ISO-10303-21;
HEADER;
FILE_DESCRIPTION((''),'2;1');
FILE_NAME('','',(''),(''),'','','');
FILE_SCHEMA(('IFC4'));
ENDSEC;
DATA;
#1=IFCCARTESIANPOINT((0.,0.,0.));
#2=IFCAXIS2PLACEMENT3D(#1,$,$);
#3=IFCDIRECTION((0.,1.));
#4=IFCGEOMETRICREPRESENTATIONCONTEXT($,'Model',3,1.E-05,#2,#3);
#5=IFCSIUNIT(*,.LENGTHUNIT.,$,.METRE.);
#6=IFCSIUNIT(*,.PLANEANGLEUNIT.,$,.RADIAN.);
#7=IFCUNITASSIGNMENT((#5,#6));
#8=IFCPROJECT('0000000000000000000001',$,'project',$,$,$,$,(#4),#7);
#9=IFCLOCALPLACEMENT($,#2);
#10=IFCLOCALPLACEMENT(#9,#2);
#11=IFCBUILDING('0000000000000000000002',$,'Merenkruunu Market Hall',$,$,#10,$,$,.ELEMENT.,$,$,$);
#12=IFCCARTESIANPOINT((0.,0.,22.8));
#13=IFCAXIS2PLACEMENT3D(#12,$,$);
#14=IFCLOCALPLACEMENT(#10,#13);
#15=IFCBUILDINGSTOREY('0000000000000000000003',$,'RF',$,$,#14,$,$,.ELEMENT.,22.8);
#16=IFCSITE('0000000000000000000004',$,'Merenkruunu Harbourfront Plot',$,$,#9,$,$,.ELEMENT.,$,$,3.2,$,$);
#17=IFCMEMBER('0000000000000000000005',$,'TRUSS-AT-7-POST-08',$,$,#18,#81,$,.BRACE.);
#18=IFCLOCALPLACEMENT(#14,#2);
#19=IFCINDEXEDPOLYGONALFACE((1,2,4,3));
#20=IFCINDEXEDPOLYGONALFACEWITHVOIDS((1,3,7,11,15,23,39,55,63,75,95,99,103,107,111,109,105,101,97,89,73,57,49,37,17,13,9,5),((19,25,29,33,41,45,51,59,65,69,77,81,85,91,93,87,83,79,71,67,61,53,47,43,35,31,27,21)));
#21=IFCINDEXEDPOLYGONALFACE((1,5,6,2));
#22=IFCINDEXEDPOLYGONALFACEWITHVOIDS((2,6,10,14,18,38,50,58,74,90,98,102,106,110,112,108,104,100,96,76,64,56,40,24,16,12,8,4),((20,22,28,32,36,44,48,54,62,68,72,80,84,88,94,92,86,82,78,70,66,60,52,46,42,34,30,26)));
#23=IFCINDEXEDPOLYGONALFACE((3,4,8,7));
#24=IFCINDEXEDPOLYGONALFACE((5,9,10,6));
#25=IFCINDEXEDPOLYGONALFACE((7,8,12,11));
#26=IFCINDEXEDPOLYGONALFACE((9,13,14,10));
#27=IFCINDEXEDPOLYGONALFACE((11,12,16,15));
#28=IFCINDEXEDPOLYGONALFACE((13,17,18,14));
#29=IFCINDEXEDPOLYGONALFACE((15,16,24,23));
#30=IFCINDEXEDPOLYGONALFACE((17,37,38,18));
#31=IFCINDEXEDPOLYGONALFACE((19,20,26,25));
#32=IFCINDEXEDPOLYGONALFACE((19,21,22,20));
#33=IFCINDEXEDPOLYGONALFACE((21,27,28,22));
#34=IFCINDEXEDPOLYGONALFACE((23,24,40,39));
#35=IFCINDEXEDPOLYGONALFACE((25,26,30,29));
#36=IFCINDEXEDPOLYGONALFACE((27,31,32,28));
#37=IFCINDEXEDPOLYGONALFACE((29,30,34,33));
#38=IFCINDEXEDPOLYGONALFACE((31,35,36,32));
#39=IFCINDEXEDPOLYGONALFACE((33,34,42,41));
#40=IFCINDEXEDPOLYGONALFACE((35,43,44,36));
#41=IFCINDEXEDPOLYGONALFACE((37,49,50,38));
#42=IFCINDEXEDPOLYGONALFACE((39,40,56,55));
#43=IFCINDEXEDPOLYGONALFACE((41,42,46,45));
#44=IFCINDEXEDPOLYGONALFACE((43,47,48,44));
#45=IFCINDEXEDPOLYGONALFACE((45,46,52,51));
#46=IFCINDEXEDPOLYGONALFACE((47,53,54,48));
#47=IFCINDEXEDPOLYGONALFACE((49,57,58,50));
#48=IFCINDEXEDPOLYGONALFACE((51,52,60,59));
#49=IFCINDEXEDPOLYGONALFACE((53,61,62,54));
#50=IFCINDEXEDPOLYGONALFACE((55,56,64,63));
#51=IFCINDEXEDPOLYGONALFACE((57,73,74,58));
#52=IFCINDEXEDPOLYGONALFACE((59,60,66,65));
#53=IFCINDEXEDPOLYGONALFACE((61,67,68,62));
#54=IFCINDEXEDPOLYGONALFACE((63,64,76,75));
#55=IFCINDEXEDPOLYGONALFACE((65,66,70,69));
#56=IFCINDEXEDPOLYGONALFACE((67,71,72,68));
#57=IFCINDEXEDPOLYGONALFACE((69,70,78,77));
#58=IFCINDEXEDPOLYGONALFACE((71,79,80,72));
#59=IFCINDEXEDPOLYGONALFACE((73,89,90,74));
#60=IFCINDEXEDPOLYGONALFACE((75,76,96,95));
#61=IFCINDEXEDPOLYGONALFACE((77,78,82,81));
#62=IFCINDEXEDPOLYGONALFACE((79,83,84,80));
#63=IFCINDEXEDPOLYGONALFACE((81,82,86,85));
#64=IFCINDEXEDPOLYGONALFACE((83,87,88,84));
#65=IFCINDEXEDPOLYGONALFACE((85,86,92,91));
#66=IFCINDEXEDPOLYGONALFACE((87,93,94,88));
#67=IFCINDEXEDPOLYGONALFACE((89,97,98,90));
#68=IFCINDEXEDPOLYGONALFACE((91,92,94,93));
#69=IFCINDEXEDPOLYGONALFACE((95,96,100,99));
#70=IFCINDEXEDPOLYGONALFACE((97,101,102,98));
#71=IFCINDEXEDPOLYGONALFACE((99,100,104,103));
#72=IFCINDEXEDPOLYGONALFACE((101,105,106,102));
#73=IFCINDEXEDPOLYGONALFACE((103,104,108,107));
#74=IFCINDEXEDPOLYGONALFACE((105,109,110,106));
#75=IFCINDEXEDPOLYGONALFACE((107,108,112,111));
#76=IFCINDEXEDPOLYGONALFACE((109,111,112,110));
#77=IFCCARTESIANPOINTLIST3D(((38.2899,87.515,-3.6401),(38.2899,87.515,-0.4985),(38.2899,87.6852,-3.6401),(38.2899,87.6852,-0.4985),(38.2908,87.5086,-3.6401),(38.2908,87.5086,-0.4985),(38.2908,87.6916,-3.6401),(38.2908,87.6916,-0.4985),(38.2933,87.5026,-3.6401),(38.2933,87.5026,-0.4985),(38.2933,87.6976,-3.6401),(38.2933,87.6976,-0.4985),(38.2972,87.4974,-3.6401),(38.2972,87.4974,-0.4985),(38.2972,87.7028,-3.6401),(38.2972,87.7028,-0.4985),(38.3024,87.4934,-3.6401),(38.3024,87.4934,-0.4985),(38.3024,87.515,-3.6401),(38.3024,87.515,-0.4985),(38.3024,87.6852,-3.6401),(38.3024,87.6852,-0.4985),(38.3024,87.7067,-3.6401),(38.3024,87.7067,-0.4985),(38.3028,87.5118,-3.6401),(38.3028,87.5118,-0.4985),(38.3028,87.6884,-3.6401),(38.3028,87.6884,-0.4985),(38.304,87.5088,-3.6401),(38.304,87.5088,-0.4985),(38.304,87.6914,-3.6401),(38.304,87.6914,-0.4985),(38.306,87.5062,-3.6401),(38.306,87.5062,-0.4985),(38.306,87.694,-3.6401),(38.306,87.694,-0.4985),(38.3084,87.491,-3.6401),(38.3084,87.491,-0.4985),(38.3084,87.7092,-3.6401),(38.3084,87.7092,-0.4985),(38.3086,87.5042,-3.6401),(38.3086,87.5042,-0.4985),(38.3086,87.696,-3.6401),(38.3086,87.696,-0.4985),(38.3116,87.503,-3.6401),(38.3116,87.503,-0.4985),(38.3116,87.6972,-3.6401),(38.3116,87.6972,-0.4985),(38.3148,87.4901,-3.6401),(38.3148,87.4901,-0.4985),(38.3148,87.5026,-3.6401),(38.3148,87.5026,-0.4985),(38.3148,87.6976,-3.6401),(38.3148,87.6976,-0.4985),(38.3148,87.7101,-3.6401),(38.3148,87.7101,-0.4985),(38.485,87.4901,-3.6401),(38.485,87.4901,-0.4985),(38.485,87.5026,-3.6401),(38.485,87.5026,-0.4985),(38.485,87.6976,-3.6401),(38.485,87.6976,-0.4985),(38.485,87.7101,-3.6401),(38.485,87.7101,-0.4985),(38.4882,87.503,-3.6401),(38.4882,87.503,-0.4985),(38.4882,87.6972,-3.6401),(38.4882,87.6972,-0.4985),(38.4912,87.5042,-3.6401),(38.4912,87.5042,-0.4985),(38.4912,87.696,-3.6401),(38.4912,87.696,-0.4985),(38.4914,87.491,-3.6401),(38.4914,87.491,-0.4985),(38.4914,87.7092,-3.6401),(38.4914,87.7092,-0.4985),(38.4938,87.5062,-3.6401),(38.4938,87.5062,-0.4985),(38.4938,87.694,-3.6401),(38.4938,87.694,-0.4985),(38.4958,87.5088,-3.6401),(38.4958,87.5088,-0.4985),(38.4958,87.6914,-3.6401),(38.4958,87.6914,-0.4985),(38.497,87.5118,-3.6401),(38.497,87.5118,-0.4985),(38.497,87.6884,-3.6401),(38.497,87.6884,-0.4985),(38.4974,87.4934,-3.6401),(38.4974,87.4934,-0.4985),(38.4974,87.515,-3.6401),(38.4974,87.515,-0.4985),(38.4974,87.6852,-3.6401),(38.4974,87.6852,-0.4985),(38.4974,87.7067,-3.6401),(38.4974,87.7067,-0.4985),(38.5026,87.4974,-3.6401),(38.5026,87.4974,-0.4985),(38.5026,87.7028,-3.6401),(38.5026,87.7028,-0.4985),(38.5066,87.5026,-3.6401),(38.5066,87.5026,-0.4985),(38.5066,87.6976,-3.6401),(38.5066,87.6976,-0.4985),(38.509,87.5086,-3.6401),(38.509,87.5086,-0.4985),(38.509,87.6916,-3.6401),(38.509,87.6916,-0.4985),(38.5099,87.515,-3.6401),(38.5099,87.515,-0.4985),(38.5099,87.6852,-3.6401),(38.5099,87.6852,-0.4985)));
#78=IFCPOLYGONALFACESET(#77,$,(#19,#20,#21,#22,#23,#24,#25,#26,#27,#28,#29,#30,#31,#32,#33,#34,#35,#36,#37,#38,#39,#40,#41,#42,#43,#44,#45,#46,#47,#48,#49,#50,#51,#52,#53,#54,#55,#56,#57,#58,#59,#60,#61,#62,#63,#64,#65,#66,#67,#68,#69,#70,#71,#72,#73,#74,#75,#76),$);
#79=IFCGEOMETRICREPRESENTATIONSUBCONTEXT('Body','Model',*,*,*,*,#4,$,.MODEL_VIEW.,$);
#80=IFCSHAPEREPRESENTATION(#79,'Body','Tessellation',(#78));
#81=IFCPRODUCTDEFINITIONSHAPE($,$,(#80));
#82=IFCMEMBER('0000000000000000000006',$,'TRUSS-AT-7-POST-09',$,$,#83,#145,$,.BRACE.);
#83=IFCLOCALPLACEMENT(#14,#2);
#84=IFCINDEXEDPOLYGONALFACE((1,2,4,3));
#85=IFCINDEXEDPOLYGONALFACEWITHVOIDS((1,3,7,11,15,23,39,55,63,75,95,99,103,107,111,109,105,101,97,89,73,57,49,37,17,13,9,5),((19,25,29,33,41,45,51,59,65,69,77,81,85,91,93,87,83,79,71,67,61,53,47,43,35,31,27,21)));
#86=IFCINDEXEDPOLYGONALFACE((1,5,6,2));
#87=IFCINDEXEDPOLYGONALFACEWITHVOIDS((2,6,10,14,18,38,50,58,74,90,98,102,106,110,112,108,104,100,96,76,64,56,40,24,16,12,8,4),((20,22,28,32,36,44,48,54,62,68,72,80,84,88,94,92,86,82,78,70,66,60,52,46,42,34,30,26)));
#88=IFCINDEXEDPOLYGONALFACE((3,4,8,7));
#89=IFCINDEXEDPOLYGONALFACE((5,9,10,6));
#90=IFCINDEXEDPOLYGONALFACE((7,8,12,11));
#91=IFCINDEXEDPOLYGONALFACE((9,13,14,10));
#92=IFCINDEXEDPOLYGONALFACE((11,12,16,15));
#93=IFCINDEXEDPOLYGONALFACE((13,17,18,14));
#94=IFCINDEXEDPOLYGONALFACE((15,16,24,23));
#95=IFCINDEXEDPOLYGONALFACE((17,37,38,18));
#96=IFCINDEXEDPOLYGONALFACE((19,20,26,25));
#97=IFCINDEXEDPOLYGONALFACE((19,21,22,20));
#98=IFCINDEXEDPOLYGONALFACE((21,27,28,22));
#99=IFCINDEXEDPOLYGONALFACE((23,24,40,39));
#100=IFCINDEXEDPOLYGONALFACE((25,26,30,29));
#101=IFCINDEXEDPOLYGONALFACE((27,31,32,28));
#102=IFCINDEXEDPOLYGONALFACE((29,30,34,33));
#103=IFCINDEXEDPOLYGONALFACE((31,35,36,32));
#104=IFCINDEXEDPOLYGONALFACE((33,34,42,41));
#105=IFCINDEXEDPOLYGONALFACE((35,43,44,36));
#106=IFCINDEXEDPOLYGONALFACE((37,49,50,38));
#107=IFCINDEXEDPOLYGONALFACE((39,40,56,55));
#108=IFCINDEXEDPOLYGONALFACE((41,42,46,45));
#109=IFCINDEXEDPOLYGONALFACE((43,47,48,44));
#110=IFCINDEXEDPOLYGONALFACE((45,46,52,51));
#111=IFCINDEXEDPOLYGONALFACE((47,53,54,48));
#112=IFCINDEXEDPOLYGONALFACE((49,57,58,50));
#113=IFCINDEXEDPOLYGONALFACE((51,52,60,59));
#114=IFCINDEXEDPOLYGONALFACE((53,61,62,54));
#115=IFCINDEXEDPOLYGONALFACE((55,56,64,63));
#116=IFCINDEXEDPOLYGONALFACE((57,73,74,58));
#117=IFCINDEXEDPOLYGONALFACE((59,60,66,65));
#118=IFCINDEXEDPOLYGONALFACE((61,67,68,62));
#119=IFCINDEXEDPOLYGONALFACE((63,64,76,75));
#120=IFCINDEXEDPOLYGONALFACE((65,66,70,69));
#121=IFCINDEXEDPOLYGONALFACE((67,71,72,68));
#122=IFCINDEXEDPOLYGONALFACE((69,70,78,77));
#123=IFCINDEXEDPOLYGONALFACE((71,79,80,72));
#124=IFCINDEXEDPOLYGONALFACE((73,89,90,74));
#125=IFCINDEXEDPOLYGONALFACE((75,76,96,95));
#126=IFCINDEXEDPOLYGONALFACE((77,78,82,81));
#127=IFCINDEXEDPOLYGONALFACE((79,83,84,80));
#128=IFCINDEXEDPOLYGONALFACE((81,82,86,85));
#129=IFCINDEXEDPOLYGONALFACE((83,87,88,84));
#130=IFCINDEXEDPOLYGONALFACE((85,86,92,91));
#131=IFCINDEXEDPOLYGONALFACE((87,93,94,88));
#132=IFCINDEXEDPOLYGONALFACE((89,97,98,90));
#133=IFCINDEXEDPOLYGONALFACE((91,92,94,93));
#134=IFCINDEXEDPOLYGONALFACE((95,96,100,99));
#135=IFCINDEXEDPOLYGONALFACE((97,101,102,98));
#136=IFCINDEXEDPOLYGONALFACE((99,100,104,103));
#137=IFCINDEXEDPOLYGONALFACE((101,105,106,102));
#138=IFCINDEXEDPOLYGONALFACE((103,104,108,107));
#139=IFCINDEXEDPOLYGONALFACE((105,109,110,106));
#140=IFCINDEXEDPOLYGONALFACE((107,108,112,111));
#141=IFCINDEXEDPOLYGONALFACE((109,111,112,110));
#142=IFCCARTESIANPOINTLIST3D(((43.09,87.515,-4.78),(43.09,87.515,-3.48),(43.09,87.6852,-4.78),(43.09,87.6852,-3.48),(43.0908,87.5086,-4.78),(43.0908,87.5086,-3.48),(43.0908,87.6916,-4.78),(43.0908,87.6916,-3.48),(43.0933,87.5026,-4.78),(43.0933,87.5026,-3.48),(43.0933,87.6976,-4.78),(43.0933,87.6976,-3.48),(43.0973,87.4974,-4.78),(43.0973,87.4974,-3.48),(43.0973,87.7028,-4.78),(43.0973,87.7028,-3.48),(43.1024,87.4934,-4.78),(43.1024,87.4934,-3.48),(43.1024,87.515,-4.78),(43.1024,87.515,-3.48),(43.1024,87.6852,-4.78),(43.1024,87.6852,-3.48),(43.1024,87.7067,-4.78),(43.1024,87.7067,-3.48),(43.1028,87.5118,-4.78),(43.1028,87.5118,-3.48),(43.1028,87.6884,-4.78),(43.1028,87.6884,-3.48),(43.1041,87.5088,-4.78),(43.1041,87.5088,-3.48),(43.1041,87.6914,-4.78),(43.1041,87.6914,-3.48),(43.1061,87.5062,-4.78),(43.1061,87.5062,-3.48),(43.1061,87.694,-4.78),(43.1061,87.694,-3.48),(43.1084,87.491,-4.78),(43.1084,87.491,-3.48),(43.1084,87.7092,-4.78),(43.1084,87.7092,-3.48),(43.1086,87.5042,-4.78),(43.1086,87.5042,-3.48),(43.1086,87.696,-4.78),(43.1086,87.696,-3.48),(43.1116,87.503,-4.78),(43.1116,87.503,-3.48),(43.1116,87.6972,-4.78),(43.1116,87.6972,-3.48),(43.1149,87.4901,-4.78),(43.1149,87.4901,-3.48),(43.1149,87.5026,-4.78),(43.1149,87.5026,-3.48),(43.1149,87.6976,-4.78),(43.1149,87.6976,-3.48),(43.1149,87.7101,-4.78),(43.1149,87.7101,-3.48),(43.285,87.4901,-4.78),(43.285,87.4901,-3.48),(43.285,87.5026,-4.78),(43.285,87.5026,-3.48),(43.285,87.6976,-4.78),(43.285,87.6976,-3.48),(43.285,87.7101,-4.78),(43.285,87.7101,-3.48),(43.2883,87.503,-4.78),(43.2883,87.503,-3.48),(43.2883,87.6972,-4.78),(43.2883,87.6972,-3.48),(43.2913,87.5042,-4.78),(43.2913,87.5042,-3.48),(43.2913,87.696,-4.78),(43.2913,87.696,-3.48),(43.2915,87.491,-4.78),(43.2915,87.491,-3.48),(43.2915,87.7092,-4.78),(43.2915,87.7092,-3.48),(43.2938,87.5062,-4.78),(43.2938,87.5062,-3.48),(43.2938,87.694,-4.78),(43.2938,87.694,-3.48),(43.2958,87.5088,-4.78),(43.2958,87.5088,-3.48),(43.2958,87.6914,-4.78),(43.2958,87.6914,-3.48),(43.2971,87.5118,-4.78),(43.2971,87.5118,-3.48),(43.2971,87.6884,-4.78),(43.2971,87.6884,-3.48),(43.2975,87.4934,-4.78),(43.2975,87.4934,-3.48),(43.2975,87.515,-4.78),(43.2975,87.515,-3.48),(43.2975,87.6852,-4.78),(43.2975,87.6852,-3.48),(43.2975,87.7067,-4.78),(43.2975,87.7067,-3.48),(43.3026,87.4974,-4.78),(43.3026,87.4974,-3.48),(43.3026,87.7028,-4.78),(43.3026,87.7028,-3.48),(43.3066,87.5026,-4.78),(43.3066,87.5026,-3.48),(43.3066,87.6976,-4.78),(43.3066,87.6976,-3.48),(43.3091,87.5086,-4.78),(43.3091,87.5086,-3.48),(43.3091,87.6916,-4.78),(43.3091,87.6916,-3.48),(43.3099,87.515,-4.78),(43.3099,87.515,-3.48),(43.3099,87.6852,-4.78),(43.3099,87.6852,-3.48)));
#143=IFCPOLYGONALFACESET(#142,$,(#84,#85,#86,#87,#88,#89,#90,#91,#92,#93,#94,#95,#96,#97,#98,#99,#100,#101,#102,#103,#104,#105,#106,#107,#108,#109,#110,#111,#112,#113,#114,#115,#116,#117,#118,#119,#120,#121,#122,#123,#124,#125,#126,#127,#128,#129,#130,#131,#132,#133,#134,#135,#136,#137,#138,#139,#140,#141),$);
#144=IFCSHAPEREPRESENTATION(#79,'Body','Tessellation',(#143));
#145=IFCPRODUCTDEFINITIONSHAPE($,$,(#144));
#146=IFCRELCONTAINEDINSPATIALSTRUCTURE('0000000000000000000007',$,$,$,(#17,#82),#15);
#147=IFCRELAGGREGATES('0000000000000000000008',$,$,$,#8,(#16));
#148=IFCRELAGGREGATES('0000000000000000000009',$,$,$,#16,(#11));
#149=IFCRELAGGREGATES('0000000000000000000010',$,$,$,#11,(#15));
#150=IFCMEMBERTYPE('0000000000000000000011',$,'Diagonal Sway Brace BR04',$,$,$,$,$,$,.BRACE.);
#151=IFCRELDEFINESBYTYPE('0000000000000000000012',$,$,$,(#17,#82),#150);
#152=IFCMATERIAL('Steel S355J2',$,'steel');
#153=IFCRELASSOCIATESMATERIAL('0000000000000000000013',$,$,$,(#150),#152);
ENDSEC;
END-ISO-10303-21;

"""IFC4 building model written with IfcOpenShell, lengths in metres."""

from ifc_helpers import new_model, si_unit, direction, frame, origin, origin_2d, place, context, subcontext, project, spatial, hollow_rectangle, extrude, material, material_profile, profile_set, type_object, element, save


model = new_model("IFC4")

# Units and contexts
model_context = context("Model", 3, precision=1e-05, world=origin(), true_north=direction((0.0, 1.0)))
body_context = subcontext(model_context, "Body", "Model", "MODEL_VIEW")
ifc_project = project(units=[si_unit("LENGTHUNIT", "METRE"), si_unit("PLANEANGLEUNIT", "RADIAN")], contexts=[model_context])

# Site, building, storey
site_placement = place(None, origin())
site = spatial("IfcSite", under=ifc_project, at=site_placement, Name="Merenkruunu Harbourfront Plot", CompositionType="ELEMENT", RefElevation=3.2)
building_placement = place(site_placement, origin())
building = spatial("IfcBuilding", under=site, at=building_placement, Name="Merenkruunu Market Hall", CompositionType="ELEMENT")
storey_placement = place(building_placement, frame((0.0, 0.0, 22.8)))
storey = spatial("IfcBuildingStorey", under=building, at=storey_placement, Name="RF", CompositionType="ELEMENT", Elevation=22.8)

# Members
ifc_material_1 = material(Name="Steel S355J2", Category="steel")
ifc_material_profile_1 = material_profile(ifc_material_1, hollow_rectangle(XDim=0.22, YDim=0.22, WallThickness=0.0125, InnerFilletRadius=0.0125, OuterFilletRadius=0.0249, at=origin_2d()), Name="SHS 220x220x12.5")
ifc_profile_set_1 = profile_set([ifc_material_profile_1], Name="Steel S355J2")
member_type_1 = type_object("IfcMemberType", Name="Diagonal Sway Brace BR04", PredefinedType="BRACE", material=ifc_profile_set_1)
member_1_placement = place(storey_placement, frame((38.3999, 87.6001, -3.6401), z_axis=(0.0, 0.0, 1.0), x_axis=(1.0, 0.0, 0.0)))
element("IfcMember", 1, at=member_1_placement, inside=storey, type_object=member_type_1, Name="TRUSS-AT-7-POST-08", PredefinedType="BRACE", context=body_context, shape_type="SweptSolid", body=[
    extrude(hollow_rectangle(XDim=0.22, YDim=0.22, WallThickness=0.0125, InnerFilletRadius=0.0125, OuterFilletRadius=0.0249, at=origin_2d()), origin(), (0.0, 0.0, 1.0), 3.1416),
])
member_2_placement = place(storey_placement, frame((43.2, 87.6001, -4.78), z_axis=(0.0, 0.0, 1.0), x_axis=(1.0, 0.0, 0.0)))
element("IfcMember", 2, at=member_2_placement, inside=storey, type_object=member_type_1, Name="TRUSS-AT-7-POST-09", PredefinedType="BRACE", context=body_context, shape_type="SweptSolid", body=[
    extrude(hollow_rectangle(XDim=0.22, YDim=0.22, WallThickness=0.0125, InnerFilletRadius=0.0125, OuterFilletRadius=0.0249, at=origin_2d()), origin(), (0.0, 0.0, 1.0), 1.3),
])

save(model, "model.ifc")
